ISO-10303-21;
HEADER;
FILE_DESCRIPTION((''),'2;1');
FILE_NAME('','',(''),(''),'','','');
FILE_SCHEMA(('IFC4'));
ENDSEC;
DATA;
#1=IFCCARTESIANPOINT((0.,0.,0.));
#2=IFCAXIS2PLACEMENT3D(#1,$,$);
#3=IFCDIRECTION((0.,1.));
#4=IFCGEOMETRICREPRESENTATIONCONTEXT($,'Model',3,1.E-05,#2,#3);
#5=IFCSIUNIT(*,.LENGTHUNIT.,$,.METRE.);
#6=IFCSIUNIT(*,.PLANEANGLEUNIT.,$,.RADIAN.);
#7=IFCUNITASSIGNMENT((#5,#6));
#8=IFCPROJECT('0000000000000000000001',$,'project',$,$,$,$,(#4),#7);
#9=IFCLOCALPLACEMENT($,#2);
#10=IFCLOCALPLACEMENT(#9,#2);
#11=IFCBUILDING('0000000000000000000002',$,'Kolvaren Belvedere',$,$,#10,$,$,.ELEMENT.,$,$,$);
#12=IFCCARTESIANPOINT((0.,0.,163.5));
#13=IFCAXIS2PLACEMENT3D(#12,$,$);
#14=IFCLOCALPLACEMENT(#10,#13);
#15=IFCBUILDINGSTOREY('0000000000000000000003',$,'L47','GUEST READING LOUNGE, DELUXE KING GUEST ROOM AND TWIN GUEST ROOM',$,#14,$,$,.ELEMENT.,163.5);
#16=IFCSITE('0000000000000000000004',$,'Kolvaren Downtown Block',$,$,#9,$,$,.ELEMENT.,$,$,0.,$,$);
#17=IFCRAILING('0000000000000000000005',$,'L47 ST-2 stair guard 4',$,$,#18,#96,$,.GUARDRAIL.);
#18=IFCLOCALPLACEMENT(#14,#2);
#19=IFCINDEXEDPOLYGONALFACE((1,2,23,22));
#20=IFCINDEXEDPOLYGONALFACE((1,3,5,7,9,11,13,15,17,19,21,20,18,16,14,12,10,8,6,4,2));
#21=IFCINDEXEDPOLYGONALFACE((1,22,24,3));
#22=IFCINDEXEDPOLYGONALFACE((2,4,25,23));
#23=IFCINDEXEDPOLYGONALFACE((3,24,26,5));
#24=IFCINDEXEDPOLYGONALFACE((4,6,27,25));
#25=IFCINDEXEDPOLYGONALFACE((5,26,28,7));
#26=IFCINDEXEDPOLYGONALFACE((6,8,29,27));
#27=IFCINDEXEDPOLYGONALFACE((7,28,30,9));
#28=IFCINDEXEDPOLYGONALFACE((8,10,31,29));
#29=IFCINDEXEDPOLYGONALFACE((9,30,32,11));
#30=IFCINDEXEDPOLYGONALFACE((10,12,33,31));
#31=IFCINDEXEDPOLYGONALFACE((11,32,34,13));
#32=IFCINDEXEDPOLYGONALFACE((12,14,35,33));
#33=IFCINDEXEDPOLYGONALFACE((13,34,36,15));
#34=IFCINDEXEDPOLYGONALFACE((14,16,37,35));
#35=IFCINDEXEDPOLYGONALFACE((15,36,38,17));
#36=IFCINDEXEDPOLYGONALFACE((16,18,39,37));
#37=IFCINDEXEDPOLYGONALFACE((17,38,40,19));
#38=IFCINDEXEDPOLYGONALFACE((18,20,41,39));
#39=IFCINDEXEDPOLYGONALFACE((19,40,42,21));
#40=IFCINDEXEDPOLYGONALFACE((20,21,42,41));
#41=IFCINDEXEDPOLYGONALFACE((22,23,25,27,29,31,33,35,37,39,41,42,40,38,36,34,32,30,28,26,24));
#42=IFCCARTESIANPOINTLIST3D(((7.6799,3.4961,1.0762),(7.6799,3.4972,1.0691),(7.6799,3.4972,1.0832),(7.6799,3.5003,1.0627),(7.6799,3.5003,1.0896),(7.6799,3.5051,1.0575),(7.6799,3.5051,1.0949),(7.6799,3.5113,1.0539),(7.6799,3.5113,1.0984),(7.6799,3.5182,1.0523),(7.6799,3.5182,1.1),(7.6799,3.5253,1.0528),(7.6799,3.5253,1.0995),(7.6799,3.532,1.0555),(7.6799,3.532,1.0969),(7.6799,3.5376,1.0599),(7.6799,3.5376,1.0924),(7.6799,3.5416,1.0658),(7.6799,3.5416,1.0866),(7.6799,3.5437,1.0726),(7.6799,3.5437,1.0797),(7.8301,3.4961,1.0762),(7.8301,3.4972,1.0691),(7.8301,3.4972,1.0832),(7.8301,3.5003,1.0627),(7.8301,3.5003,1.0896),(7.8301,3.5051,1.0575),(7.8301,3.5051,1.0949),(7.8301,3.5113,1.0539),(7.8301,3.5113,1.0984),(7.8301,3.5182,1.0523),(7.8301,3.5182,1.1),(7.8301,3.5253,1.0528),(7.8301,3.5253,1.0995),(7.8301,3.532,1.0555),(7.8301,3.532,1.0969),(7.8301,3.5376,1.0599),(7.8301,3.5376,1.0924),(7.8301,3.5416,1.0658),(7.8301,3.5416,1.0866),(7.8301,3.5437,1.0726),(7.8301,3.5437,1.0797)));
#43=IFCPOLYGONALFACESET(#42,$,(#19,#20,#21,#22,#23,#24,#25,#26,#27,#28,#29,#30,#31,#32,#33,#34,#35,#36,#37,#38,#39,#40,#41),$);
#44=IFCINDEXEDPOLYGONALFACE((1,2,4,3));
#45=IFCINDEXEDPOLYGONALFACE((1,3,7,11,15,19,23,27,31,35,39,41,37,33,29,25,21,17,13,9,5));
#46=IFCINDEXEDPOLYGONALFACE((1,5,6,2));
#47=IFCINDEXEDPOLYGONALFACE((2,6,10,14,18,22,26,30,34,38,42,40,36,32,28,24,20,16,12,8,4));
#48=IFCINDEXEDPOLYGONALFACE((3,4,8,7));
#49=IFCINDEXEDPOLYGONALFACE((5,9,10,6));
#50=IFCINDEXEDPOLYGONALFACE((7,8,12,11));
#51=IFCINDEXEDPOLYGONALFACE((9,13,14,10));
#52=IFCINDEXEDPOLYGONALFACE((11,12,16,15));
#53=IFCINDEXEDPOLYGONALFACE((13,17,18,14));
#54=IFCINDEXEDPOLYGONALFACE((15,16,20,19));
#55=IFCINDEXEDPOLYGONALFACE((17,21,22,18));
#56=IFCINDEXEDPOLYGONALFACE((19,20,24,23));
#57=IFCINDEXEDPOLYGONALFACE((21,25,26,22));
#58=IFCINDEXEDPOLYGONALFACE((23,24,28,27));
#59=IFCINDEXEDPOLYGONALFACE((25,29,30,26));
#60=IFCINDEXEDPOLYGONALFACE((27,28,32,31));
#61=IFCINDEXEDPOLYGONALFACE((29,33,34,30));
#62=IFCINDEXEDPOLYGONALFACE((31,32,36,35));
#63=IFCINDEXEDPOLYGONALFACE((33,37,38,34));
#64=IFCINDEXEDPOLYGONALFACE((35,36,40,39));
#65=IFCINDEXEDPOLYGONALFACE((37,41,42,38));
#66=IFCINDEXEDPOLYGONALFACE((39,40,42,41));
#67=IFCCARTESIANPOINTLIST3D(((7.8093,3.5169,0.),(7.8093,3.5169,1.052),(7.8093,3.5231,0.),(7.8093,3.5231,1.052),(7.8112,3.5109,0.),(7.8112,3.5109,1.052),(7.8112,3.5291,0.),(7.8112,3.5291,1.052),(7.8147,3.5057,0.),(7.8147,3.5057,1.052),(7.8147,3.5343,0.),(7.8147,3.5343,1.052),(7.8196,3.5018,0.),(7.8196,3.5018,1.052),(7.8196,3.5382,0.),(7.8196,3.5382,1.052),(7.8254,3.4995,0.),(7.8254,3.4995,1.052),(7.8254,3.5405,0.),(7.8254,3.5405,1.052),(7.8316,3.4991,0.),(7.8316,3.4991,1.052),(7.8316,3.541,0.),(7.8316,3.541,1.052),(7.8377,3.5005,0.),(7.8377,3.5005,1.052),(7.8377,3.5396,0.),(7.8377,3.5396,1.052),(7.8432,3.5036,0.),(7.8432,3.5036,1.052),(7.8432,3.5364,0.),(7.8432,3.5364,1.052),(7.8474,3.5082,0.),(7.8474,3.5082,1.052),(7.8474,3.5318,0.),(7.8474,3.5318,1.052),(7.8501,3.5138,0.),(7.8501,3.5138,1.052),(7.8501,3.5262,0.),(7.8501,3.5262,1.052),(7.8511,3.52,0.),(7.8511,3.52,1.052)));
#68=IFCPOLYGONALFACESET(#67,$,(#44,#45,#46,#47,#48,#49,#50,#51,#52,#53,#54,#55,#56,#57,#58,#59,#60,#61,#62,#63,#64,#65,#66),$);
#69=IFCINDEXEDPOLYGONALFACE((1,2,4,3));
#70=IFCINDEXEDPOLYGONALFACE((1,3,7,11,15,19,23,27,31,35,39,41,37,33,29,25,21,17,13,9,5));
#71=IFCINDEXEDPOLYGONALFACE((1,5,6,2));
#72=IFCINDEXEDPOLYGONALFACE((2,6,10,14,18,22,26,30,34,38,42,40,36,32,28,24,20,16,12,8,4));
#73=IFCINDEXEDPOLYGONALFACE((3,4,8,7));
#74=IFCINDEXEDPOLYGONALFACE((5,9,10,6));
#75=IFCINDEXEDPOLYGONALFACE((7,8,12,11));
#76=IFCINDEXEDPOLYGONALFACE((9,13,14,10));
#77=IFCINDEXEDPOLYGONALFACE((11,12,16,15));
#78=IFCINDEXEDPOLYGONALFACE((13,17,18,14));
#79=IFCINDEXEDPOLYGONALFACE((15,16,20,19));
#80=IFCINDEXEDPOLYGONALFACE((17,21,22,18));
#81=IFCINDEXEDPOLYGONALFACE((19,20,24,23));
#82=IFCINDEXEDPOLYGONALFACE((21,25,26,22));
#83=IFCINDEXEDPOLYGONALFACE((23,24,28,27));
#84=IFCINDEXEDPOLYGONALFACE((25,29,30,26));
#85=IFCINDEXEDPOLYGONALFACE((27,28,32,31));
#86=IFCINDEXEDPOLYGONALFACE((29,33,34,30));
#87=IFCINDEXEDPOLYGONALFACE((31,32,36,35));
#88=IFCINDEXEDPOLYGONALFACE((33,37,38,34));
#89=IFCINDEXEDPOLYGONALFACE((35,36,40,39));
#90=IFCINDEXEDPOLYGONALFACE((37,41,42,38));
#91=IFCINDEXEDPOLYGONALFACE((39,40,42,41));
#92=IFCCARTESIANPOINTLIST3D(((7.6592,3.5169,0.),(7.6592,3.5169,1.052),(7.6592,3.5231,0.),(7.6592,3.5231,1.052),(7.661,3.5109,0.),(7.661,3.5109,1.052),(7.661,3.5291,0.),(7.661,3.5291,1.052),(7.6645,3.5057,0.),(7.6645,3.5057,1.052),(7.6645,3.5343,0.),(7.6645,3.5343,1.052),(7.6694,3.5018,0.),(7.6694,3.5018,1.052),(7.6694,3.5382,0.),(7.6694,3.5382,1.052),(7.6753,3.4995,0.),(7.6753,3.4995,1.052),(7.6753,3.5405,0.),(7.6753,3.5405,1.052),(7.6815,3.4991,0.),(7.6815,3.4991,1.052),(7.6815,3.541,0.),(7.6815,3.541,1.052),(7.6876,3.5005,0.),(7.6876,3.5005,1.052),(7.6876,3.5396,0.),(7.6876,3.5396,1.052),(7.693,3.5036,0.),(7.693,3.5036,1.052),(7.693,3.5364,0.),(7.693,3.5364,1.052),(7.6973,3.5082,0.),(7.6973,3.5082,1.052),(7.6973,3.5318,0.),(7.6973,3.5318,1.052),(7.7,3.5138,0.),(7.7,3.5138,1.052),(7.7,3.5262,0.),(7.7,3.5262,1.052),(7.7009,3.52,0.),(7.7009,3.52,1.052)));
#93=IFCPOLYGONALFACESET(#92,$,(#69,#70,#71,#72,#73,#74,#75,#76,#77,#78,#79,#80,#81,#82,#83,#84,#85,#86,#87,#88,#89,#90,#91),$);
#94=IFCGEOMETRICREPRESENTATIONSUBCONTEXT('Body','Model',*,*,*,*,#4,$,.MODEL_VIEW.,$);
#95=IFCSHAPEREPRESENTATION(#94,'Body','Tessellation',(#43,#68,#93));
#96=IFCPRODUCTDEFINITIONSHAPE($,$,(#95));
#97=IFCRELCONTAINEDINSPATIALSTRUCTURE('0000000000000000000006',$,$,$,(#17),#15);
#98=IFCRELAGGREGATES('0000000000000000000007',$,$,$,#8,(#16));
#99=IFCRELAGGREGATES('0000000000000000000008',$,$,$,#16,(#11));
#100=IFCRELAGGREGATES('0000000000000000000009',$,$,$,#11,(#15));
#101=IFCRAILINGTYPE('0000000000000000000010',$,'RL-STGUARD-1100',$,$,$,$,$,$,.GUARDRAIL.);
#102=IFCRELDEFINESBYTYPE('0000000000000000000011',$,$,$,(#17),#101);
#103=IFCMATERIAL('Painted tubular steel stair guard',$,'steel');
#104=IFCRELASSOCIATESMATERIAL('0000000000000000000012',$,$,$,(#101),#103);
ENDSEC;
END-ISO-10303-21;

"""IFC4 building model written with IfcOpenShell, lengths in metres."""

from ifc_helpers import new_model, si_unit, direction, frame, origin, origin_2d, place, context, subcontext, project, spatial, circle, extrude, material, type_object, element, save


model = new_model("IFC4")

# Units and contexts
model_context = context("Model", 3, precision=1e-05, world=origin(), true_north=direction((0.0, 1.0)))
body_context = subcontext(model_context, "Body", "Model", "MODEL_VIEW")
ifc_project = project(units=[si_unit("LENGTHUNIT", "METRE"), si_unit("PLANEANGLEUNIT", "RADIAN")], contexts=[model_context])

# Site, building, storey
site_placement = place(None, origin())
site = spatial("IfcSite", under=ifc_project, at=site_placement, Name="Kolvaren Downtown Block", CompositionType="ELEMENT", RefElevation=0.0)
building_placement = place(site_placement, origin())
building = spatial("IfcBuilding", under=site, at=building_placement, Name="Kolvaren Belvedere", CompositionType="ELEMENT")
storey_placement = place(building_placement, frame((0.0, 0.0, 163.5)))
storey = spatial("IfcBuildingStorey", under=building, at=storey_placement, Name="L47", Description="GUEST READING LOUNGE, DELUXE KING GUEST ROOM AND TWIN GUEST ROOM", CompositionType="ELEMENT", Elevation=163.5)

# Railing
ifc_material_1 = material(Name="Painted tubular steel stair guard", Category="steel")
railing_type_1 = type_object("IfcRailingType", Name="RL-STGUARD-1100", PredefinedType="GUARDRAIL", material=ifc_material_1)
railing_1_placement = place(storey_placement, frame((7.8301, 3.52, 0.0)))
element("IfcRailing", 1, at=railing_1_placement, inside=storey, type_object=railing_type_1, Name="L47 ST-2 stair guard 4", PredefinedType="GUARDRAIL", context=body_context, shape_type="SweptSolid", body=[
    extrude(circle(Radius=0.0239, at=origin_2d()), frame((0.0, 0.0, 1.0762), z_axis=(-1.0, 0.0, 0.0), x_axis=(0.0, -1.0, 0.0)), (0.0, 0.0, 1.0), 0.1501),
    extrude(circle(Radius=0.021, at=origin_2d()), origin(), (0.0, 0.0, 1.0), 1.052),
    extrude(circle(Radius=0.021, at=origin_2d()), frame((-0.1501, 0.0, 0.0)), (0.0, 0.0, 1.0), 1.052),
])

save(model, "model.ifc")
